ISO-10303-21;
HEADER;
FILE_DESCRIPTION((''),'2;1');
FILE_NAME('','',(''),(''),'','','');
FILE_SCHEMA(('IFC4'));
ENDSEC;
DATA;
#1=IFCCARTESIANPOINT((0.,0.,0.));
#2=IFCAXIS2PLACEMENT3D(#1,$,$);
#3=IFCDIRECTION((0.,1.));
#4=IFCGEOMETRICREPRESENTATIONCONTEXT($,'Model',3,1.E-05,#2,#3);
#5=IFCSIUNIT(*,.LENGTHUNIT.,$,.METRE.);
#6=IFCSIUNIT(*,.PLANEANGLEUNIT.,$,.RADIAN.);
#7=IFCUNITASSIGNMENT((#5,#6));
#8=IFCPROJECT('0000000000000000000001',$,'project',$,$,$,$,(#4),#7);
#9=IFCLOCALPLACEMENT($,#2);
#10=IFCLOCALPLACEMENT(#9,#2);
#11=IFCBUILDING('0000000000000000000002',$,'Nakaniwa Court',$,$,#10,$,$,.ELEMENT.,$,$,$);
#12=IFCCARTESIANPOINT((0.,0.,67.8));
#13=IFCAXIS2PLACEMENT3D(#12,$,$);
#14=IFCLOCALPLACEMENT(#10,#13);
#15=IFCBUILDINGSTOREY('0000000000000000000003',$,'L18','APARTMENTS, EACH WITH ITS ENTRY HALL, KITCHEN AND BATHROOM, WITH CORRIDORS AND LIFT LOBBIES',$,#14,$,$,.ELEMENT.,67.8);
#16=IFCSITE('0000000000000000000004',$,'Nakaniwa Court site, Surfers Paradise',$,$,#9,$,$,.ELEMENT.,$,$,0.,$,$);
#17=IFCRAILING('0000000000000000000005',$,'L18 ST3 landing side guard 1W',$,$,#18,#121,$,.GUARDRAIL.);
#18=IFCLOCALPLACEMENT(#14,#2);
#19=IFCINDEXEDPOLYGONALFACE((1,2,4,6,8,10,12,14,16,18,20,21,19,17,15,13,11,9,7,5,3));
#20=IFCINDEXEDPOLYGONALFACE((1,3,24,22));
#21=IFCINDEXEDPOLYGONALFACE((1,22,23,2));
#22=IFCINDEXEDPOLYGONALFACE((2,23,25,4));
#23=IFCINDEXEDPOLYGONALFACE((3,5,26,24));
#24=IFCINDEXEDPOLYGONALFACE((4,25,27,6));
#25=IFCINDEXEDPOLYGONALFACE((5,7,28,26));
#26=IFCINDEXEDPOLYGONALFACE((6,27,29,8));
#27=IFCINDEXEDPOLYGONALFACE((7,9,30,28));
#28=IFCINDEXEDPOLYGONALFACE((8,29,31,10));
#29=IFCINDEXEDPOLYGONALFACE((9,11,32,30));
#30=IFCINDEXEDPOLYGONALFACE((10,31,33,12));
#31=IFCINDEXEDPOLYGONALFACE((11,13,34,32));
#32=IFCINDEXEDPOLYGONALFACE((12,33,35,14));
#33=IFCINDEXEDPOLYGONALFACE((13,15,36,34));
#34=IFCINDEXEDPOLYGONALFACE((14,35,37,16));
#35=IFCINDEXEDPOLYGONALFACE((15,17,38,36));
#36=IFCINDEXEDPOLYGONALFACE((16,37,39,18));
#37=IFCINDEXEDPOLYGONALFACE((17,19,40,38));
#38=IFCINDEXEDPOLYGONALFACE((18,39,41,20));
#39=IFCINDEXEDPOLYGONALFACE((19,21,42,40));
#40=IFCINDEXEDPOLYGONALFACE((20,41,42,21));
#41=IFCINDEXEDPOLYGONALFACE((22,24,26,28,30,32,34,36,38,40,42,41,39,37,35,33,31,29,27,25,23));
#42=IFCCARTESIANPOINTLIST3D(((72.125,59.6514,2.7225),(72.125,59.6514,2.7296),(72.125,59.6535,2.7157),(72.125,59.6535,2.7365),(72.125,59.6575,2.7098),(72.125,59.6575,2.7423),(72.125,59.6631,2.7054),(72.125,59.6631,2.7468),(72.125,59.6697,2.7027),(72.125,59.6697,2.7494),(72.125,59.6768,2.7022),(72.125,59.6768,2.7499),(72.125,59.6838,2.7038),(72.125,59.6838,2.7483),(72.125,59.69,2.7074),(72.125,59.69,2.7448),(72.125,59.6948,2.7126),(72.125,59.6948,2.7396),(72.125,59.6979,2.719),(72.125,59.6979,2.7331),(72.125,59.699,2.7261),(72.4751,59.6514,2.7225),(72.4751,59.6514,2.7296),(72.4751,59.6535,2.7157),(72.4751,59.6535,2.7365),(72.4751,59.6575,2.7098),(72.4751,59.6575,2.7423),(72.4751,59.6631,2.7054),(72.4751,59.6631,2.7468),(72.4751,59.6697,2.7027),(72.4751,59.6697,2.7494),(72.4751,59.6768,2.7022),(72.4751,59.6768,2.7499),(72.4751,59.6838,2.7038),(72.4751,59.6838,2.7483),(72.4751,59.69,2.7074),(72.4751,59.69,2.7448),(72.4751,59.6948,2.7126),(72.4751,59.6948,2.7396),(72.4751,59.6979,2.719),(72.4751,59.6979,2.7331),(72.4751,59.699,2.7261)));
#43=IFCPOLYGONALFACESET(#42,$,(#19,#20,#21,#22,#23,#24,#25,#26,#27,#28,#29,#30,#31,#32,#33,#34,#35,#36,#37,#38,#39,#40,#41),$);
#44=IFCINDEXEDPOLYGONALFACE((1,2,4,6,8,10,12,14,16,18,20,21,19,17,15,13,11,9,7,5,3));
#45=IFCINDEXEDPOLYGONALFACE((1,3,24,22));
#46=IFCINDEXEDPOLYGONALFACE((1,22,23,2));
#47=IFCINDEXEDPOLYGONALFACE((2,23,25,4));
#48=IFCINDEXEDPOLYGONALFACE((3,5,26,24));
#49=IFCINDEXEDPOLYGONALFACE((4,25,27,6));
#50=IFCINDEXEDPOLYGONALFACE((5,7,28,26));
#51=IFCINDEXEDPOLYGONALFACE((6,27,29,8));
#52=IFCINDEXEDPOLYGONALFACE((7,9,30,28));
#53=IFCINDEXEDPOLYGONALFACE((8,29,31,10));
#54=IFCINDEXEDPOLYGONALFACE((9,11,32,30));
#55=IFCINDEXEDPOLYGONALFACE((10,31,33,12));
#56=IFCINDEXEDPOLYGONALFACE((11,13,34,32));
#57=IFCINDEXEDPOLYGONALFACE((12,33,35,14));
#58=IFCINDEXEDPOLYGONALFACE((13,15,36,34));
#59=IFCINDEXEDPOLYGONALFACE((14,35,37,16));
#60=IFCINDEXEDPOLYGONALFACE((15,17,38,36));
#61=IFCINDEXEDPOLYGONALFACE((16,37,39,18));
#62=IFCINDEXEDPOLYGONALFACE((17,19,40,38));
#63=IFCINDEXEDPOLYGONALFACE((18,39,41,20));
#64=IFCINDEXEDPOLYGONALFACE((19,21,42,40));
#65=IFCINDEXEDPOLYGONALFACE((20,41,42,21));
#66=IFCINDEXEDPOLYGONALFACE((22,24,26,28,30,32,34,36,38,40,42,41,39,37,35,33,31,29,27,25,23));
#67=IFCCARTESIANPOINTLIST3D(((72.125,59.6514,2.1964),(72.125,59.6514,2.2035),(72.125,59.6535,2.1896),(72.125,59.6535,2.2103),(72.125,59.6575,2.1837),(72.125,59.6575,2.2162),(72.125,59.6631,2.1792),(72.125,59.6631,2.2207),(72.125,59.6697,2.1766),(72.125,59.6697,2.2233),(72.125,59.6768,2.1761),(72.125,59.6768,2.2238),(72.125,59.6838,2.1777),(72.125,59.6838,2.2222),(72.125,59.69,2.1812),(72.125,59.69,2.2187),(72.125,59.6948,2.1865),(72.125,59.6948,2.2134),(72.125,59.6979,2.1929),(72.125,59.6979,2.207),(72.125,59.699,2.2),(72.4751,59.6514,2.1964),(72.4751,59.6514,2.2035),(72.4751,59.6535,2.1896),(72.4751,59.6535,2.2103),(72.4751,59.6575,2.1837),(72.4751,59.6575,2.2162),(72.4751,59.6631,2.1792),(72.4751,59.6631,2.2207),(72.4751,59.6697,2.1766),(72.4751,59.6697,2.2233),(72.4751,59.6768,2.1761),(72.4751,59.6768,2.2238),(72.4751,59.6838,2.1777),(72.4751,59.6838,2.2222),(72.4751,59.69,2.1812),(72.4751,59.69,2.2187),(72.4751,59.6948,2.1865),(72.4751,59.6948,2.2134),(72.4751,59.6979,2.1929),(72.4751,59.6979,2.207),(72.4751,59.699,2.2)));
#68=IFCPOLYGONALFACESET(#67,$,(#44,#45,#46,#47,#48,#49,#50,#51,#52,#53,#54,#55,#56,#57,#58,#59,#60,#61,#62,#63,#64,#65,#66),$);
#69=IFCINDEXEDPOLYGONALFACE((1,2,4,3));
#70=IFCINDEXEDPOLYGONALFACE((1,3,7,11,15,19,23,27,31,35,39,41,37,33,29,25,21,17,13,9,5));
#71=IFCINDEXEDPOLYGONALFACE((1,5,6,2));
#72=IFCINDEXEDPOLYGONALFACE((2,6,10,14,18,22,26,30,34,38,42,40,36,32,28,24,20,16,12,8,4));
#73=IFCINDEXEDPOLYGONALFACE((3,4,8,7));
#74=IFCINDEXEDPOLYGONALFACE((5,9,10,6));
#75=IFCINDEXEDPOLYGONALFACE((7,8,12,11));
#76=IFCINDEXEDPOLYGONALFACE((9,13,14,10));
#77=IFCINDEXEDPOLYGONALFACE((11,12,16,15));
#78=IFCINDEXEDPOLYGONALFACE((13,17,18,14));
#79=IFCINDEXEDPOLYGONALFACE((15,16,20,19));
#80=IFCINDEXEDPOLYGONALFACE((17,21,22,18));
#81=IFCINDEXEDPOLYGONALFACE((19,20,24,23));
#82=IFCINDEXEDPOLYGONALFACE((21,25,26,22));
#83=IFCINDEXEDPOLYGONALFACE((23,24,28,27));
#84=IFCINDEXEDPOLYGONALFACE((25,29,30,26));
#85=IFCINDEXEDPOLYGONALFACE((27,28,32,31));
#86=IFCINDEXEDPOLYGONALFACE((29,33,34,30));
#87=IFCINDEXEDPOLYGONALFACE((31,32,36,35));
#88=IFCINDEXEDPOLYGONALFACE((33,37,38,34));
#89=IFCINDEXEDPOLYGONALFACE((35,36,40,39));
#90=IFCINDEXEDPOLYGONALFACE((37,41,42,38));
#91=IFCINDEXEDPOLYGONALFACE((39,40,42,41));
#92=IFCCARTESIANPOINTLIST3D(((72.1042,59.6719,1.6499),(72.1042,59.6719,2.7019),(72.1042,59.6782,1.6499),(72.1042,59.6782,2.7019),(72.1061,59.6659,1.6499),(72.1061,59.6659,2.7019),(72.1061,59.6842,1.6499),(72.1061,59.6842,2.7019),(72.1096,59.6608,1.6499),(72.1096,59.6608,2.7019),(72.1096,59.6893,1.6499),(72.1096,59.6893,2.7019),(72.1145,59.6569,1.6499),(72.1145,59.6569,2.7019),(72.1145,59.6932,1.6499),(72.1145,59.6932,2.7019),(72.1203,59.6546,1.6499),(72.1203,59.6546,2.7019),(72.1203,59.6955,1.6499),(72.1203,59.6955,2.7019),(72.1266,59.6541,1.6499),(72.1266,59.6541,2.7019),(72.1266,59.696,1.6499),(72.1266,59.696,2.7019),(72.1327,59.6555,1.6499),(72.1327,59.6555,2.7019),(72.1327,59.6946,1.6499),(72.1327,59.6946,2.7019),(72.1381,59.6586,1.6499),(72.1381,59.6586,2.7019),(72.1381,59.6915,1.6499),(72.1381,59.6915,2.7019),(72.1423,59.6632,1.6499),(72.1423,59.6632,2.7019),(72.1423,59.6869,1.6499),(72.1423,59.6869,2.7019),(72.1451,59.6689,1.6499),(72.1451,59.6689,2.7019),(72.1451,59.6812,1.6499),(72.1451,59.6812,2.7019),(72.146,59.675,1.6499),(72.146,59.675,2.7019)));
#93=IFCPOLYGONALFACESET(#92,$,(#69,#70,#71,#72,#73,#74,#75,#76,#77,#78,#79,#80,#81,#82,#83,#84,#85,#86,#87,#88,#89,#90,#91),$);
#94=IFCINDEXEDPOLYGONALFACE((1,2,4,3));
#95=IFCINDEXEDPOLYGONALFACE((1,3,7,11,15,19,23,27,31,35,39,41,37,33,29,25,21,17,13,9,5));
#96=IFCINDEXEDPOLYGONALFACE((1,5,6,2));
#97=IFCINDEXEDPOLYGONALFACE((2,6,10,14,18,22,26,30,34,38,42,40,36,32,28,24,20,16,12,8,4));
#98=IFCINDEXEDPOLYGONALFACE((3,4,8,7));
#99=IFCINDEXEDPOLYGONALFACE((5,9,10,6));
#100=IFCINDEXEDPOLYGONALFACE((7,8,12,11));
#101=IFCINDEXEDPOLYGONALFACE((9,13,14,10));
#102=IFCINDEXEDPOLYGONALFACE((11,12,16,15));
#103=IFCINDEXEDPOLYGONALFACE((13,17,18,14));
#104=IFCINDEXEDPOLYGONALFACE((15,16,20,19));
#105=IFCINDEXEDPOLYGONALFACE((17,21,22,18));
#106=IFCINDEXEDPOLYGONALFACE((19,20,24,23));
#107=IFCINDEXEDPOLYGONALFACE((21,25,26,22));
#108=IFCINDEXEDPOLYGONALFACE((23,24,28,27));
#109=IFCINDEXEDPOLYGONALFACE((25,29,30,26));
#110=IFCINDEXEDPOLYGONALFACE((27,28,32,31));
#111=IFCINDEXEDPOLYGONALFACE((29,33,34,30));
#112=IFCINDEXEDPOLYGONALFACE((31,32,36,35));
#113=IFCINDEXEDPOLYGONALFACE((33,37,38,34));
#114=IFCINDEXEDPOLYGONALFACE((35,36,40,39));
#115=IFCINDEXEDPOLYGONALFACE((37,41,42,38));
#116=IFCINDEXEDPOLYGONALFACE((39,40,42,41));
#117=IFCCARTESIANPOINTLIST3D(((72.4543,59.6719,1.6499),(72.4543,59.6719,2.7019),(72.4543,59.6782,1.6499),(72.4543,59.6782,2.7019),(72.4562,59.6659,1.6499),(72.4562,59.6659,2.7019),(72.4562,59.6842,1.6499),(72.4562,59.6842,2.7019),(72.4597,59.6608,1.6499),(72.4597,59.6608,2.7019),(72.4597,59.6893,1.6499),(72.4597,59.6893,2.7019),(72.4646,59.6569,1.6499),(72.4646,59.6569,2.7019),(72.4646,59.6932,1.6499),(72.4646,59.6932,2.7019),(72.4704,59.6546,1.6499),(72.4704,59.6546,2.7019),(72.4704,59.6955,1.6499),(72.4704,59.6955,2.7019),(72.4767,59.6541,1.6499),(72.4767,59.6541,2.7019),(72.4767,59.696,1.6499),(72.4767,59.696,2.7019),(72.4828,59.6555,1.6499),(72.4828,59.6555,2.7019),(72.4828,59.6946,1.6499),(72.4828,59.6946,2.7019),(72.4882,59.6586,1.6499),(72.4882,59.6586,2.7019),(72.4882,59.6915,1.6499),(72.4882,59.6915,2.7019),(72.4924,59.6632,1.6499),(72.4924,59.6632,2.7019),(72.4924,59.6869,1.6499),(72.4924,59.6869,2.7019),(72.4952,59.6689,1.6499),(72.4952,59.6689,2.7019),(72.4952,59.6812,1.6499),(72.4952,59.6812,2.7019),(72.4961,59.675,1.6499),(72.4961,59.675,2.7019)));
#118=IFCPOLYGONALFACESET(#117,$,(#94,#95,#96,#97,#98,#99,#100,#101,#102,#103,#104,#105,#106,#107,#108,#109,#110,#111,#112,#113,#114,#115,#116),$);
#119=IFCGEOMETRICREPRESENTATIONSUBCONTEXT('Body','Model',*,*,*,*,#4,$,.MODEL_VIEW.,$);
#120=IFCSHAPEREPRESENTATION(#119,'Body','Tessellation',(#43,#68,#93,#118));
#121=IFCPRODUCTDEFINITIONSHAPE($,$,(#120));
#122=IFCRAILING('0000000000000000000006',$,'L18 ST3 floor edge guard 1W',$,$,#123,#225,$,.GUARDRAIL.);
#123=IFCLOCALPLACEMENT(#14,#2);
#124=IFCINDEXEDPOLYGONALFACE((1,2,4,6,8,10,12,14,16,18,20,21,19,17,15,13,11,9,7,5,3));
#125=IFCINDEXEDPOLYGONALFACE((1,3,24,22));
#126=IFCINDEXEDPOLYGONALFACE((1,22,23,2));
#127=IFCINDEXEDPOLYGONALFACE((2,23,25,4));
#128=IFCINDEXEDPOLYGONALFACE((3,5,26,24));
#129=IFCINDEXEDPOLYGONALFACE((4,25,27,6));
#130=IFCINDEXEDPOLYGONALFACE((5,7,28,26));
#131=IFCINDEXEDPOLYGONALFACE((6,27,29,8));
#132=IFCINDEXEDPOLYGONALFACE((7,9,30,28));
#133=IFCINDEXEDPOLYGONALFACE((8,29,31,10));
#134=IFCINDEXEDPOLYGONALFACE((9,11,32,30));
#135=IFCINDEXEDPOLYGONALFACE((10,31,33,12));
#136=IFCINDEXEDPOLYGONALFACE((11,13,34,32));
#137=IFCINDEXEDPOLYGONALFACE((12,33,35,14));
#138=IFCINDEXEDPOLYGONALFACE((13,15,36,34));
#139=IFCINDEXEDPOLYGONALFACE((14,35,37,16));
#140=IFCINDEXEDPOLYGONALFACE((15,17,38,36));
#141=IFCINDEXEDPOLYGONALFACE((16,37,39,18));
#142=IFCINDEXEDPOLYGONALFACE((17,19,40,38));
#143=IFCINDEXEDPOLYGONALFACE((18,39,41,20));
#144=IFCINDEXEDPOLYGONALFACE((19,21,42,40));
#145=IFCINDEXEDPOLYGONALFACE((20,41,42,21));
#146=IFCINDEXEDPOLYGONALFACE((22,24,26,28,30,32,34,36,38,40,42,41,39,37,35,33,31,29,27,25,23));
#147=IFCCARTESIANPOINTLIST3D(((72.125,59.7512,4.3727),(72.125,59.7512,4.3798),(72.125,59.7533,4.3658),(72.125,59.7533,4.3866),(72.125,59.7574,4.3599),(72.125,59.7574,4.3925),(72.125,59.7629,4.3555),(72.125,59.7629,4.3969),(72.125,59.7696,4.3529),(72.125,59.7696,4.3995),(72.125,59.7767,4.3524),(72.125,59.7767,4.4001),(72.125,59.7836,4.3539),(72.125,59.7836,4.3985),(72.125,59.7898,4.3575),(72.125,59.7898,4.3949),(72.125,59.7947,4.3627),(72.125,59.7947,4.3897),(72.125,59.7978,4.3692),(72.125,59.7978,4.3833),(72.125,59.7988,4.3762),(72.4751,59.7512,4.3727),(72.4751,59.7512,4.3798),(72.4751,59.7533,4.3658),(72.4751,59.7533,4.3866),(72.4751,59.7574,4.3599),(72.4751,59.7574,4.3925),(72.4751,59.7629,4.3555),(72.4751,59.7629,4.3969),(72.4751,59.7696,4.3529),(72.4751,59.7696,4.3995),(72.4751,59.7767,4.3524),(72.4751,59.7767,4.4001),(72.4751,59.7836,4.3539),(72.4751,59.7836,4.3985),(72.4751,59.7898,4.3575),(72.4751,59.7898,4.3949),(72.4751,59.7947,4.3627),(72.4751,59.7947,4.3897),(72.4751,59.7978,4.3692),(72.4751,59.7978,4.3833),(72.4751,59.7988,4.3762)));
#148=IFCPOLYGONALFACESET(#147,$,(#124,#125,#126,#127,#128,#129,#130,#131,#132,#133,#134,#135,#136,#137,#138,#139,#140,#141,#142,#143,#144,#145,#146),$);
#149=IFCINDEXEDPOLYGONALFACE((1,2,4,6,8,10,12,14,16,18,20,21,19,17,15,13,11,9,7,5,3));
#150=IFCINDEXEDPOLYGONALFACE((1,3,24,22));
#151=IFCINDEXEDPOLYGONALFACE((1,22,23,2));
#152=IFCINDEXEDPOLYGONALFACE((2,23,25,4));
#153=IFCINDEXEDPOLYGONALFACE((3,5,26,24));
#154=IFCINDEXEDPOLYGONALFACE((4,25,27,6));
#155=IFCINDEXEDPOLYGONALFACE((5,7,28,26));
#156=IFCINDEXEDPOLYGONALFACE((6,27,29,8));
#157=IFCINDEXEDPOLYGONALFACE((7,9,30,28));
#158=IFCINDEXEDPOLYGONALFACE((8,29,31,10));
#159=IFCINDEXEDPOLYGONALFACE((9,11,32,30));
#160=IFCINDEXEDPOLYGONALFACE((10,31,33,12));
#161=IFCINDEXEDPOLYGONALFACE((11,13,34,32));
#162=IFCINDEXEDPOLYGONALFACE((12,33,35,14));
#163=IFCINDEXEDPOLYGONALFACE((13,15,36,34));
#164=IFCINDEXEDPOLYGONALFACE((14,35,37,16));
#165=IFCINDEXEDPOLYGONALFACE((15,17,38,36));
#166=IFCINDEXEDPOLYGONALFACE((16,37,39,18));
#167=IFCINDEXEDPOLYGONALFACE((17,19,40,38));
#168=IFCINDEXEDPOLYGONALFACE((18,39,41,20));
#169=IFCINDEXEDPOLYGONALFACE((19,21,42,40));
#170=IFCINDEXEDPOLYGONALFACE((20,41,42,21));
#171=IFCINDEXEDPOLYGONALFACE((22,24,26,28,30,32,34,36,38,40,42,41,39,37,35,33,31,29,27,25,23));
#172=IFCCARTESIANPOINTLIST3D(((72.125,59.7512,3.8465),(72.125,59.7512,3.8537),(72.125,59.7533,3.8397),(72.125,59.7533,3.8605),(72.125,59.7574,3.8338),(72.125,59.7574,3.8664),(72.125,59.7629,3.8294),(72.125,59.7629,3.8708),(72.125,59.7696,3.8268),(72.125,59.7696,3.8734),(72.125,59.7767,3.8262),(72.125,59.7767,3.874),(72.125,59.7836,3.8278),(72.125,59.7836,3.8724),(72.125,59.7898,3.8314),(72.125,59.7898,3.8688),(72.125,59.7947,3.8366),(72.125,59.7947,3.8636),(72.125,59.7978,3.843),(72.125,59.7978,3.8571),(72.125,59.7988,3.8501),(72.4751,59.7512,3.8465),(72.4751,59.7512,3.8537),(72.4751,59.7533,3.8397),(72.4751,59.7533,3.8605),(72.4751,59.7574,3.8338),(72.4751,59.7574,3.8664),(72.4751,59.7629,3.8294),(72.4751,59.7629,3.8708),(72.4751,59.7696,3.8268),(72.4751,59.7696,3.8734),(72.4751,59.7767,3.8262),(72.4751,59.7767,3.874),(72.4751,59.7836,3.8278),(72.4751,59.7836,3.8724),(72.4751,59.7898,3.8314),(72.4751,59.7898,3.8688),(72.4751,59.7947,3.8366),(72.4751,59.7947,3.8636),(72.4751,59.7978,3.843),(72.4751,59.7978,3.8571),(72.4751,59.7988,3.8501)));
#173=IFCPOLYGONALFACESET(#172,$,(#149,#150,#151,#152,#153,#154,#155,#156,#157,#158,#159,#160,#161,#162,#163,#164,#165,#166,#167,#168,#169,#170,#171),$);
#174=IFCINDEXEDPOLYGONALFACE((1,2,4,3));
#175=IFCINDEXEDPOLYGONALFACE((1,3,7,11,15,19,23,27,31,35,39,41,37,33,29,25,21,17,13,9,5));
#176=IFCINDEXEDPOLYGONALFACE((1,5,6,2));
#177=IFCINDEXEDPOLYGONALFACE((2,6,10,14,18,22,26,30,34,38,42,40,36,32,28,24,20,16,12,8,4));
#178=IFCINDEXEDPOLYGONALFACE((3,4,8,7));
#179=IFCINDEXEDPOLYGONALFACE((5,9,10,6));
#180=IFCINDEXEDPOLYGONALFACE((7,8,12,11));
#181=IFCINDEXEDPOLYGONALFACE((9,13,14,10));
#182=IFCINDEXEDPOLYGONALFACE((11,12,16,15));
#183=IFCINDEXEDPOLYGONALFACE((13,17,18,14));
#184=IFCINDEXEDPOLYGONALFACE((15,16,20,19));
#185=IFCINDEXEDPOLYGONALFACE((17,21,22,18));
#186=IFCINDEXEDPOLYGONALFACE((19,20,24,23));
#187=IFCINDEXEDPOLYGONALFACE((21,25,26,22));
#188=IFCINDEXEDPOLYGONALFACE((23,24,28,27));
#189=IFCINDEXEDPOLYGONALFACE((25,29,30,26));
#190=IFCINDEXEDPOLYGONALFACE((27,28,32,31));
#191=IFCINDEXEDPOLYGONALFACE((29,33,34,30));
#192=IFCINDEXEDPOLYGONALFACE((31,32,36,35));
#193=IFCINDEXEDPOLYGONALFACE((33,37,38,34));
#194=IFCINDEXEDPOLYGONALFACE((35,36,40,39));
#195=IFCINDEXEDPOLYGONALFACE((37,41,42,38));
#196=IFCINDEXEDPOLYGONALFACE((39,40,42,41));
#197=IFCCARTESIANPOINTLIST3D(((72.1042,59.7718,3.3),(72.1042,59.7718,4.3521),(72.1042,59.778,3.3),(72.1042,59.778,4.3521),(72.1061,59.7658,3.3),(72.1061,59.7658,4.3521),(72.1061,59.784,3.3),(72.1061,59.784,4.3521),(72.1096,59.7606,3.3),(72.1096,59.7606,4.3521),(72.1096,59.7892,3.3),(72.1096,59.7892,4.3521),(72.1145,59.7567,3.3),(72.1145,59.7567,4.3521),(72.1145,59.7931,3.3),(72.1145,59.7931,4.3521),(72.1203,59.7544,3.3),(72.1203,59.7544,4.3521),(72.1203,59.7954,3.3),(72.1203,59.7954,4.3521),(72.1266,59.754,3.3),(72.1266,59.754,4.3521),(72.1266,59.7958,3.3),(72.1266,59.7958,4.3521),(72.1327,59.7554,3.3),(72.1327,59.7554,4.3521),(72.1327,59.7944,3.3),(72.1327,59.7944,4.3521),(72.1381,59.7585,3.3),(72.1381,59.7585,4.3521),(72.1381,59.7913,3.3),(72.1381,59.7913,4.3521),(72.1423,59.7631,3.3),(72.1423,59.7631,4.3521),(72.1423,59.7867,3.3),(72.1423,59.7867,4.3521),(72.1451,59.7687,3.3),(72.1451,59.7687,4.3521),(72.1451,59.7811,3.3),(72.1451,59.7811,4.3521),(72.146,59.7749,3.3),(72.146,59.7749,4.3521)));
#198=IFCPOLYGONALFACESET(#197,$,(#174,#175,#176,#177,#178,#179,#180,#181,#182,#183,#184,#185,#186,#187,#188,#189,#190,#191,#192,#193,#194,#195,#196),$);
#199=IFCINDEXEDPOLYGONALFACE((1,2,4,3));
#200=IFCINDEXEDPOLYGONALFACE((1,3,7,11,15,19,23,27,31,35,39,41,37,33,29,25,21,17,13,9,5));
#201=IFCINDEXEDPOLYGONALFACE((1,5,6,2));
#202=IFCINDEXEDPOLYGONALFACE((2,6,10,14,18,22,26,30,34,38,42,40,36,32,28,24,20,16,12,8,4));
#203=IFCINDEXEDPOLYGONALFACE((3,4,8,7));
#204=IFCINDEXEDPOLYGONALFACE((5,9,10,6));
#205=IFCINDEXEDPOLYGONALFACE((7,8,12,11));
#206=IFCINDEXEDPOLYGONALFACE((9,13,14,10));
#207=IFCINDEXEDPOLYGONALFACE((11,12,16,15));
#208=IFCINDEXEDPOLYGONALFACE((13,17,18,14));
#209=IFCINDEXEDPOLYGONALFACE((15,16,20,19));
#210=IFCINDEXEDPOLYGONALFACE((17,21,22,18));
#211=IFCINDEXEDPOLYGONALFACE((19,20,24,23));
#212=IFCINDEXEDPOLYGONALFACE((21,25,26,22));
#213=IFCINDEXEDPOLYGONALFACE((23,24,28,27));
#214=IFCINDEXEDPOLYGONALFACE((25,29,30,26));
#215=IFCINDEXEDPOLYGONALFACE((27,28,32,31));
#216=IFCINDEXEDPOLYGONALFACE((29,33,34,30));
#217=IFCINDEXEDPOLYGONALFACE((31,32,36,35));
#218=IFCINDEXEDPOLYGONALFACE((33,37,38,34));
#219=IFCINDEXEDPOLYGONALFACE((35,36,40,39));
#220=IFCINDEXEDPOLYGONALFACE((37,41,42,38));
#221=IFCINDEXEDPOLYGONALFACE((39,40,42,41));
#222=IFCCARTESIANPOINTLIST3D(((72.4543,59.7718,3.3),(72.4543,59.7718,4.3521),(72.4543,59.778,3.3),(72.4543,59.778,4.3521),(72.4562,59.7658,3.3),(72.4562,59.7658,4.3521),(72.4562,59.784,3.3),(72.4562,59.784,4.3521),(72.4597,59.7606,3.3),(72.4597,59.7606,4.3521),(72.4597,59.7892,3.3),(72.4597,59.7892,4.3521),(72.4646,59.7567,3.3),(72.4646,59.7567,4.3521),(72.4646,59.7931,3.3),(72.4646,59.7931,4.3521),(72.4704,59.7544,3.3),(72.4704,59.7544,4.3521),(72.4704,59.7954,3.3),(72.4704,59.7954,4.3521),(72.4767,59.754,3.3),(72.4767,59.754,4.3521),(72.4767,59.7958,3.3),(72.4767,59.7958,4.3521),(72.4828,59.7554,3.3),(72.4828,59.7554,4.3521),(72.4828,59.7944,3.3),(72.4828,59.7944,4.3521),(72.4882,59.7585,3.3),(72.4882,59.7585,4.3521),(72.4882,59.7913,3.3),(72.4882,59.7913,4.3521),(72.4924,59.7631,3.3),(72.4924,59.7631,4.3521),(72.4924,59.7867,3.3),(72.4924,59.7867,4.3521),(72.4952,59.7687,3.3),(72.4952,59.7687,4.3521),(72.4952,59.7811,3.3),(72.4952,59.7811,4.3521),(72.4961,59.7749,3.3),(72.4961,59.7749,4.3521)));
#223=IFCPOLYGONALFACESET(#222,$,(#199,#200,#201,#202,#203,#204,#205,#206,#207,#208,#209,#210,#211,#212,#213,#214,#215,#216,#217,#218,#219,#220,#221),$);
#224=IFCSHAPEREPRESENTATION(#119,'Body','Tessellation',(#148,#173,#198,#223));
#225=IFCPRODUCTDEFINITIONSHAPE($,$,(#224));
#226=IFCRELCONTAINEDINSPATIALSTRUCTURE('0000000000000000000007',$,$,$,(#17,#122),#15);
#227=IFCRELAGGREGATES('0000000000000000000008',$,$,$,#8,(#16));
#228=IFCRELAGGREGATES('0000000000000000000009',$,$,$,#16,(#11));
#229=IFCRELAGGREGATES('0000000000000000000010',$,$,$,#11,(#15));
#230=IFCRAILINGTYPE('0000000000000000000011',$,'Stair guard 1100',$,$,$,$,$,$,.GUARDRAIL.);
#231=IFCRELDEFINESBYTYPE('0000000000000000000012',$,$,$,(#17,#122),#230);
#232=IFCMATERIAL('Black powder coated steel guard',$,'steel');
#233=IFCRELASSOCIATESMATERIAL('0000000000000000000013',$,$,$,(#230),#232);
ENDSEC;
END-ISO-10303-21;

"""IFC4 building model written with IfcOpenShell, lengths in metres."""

from ifc_helpers import new_model, si_unit, direction, frame, origin, origin_2d, place, context, subcontext, project, spatial, circle, extrude, material, type_object, element, save


model = new_model("IFC4")

# Units and contexts
model_context = context("Model", 3, precision=1e-05, world=origin(), true_north=direction((0.0, 1.0)))
body_context = subcontext(model_context, "Body", "Model", "MODEL_VIEW")
ifc_project = project(units=[si_unit("LENGTHUNIT", "METRE"), si_unit("PLANEANGLEUNIT", "RADIAN")], contexts=[model_context])

# Site, building, storey
site_placement = place(None, origin())
site = spatial("IfcSite", under=ifc_project, at=site_placement, Name="Nakaniwa Court site, Surfers Paradise", CompositionType="ELEMENT", RefElevation=0.0)
building_placement = place(site_placement, origin())
building = spatial("IfcBuilding", under=site, at=building_placement, Name="Nakaniwa Court", CompositionType="ELEMENT")
storey_placement = place(building_placement, frame((0.0, 0.0, 67.8)))
storey = spatial("IfcBuildingStorey", under=building, at=storey_placement, Name="L18", Description="APARTMENTS, EACH WITH ITS ENTRY HALL, KITCHEN AND BATHROOM, WITH CORRIDORS AND LIFT LOBBIES", CompositionType="ELEMENT", Elevation=67.8)

# Railings
ifc_material_1 = material(Name="Black powder coated steel guard", Category="steel")
railing_type_1 = type_object("IfcRailingType", Name="Stair guard 1100", PredefinedType="GUARDRAIL", material=ifc_material_1)
for number, where, name in (
    (1, (72.125, 59.675, 1.6499), "L18 ST3 landing side guard 1W"),
    (2, (72.125, 59.7749, 3.3), "L18 ST3 floor edge guard 1W"),
):
    element("IfcRailing", number, at=place(storey_placement, frame(where)), inside=storey, type_object=railing_type_1, Name=name, PredefinedType="GUARDRAIL", context=body_context, shape_type="SweptSolid", body=[
        extrude(circle(Radius=0.0239, at=origin_2d()), frame((0.0, 0.0, 1.0762), z_axis=(1.0, 0.0, 0.0), x_axis=(0.0, 1.0, 0.0)), (0.0, 0.0, 1.0), 0.3501),
        extrude(circle(Radius=0.0239, at=origin_2d()), frame((0.0, 0.0, 0.55), z_axis=(1.0, 0.0, 0.0), x_axis=(0.0, 1.0, 0.0)), (0.0, 0.0, 1.0), 0.3501),
        extrude(circle(Radius=0.021, at=origin_2d()), origin(), (0.0, 0.0, 1.0), 1.052),
        extrude(circle(Radius=0.021, at=origin_2d()), frame((0.3501, 0.0, 0.0)), (0.0, 0.0, 1.0), 1.052),
    ])

save(model, "model.ifc")
